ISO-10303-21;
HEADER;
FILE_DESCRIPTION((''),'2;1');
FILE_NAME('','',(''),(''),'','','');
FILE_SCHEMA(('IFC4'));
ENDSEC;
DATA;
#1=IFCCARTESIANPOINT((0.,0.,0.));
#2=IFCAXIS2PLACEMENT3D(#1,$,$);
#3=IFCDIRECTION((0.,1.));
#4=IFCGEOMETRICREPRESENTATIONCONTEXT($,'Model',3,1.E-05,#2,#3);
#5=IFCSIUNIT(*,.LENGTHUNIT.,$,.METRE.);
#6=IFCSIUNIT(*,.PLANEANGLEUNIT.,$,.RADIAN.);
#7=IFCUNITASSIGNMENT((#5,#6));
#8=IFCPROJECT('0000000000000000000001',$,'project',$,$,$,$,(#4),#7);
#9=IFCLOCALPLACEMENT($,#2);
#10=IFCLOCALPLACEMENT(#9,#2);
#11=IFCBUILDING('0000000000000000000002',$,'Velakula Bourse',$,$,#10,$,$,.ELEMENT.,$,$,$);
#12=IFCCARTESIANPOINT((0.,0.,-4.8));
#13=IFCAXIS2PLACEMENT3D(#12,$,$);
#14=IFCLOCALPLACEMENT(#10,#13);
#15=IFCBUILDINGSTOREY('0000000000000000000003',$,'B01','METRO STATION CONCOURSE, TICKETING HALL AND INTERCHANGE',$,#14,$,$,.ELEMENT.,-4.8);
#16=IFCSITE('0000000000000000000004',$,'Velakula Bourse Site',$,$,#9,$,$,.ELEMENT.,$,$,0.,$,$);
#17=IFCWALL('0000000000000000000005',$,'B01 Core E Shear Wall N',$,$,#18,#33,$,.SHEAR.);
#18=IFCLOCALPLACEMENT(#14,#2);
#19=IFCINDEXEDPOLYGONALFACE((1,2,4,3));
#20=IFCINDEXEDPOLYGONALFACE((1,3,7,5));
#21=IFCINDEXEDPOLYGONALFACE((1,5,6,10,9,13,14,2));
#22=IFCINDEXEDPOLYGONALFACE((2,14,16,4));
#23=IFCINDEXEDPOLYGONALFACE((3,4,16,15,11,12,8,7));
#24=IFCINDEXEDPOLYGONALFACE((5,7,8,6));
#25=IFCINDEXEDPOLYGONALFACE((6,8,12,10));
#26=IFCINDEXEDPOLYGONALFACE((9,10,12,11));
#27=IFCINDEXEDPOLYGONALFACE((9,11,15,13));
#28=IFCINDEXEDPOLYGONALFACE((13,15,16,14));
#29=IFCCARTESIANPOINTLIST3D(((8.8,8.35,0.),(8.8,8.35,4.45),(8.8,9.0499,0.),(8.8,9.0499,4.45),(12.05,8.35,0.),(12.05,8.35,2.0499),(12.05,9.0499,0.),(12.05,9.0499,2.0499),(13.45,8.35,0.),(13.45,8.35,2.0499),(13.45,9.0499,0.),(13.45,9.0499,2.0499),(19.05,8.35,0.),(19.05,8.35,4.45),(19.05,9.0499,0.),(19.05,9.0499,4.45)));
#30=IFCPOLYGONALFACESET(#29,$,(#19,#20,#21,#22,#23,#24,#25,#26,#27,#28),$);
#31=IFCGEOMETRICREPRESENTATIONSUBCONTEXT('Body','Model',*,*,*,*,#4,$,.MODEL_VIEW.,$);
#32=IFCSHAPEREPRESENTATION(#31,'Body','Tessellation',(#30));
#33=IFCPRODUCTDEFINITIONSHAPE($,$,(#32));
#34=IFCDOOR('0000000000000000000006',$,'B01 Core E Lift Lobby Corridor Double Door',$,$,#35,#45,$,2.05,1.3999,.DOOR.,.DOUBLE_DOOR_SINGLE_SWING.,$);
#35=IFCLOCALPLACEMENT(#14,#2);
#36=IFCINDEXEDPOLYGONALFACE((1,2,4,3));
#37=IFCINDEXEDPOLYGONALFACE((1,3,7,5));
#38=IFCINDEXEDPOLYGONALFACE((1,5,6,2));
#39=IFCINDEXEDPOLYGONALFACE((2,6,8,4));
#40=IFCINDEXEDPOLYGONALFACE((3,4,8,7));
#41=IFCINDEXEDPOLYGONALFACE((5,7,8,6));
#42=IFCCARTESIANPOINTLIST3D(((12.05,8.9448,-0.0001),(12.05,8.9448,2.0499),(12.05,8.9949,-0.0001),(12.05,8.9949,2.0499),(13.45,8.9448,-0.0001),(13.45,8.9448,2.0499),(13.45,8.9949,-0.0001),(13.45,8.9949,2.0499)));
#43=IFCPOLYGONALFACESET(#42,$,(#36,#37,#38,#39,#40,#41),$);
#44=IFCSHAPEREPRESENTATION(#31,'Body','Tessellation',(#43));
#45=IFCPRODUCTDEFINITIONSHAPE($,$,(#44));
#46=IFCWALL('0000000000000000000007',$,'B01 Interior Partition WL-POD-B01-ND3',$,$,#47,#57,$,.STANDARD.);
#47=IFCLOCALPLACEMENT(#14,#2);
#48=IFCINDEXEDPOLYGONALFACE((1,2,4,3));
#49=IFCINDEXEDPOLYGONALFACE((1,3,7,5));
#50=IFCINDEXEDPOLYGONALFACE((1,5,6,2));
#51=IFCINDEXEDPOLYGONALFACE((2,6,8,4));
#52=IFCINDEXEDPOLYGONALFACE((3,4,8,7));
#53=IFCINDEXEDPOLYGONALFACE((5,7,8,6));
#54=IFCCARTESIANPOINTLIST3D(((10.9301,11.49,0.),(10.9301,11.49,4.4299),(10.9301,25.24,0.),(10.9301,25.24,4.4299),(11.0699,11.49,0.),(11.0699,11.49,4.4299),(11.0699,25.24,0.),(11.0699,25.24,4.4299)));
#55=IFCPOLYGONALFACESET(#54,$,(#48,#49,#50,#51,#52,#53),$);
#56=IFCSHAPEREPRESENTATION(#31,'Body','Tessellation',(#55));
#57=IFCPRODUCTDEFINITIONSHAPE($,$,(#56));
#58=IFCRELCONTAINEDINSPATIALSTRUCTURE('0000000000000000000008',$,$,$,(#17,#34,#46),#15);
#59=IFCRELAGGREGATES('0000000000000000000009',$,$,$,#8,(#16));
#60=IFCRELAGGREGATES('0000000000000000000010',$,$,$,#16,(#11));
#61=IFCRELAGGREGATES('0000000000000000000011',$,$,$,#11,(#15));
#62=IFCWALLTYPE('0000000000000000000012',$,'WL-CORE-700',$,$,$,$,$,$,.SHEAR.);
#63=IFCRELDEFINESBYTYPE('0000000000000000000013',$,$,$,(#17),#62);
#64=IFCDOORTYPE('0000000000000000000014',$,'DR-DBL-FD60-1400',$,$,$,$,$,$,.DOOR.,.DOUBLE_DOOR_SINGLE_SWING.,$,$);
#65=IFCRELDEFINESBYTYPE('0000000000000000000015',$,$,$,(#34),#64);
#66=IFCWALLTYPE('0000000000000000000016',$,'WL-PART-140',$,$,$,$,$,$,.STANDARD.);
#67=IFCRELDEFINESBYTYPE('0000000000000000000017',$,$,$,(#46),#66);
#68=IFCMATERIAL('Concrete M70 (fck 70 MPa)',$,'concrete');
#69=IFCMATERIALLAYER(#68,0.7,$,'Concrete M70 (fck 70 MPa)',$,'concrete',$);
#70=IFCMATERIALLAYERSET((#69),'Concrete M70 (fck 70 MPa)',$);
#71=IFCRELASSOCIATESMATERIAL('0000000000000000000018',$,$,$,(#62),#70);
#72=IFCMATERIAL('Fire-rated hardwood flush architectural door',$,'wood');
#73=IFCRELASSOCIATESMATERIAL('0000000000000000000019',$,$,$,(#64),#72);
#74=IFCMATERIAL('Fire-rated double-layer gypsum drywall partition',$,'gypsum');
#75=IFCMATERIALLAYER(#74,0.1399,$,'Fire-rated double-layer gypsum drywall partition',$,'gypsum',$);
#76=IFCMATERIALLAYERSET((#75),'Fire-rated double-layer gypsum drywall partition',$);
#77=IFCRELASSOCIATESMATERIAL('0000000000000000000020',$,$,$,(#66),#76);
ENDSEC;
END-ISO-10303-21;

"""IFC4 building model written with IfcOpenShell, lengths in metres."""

from ifc_helpers import new_model, si_unit, direction, frame, frame_2d, origin, place, context, subcontext, project, spatial, rectangle, extrude, material, layer, layer_set, type_object, element, fill, save


model = new_model("IFC4")

# Units and contexts
model_context = context("Model", 3, precision=1e-05, world=origin(), true_north=direction((0.0, 1.0)))
body_context = subcontext(model_context, "Body", "Model", "MODEL_VIEW")
ifc_project = project(units=[si_unit("LENGTHUNIT", "METRE"), si_unit("PLANEANGLEUNIT", "RADIAN")], contexts=[model_context])

# Site, building, storey
site_placement = place(None, origin())
site = spatial("IfcSite", under=ifc_project, at=site_placement, Name="Velakula Bourse Site", CompositionType="ELEMENT", RefElevation=0.0)
building_placement = place(site_placement, origin())
building = spatial("IfcBuilding", under=site, at=building_placement, Name="Velakula Bourse", CompositionType="ELEMENT")
storey_placement = place(building_placement, frame((0.0, 0.0, -4.8)))
storey = spatial("IfcBuildingStorey", under=building, at=storey_placement, Name="B01", Description="METRO STATION CONCOURSE, TICKETING HALL AND INTERCHANGE", CompositionType="ELEMENT", Elevation=-4.8)

# Shared definitions
ifc_material_1 = material(Name="Concrete M70 (fck 70 MPa)", Category="concrete")

# Wall, opening, door
ifc_layer_1 = layer(ifc_material_1, 0.7, Name="Concrete M70 (fck 70 MPa)", Category="concrete")
ifc_layer_set_1 = layer_set([ifc_layer_1], Name="Concrete M70 (fck 70 MPa)")
wall_type_1 = type_object("IfcWallType", Name="WL-CORE-700", PredefinedType="SHEAR", material=ifc_layer_set_1)
wall_1_placement = place(storey_placement, frame((8.8, 8.7, 0.0), z_axis=(0.0, 0.0, 1.0), x_axis=(1.0, 0.0, 0.0)))
wall_1 = element("IfcWall", 1, at=wall_1_placement, inside=storey, type_object=wall_type_1, Name="B01 Core E Shear Wall N", PredefinedType="SHEAR", context=body_context, shape_type="SweptSolid", body=[
    extrude(rectangle(XDim=10.25, YDim=0.7, at=frame_2d((5.125, 0.0))), origin(), (0.0, 0.0, 1.0), 4.45),
])
opening_placement = place(wall_1_placement, frame((3.25, 0.0, 0.0)))
opening = element("IfcOpeningElement", 2, at=opening_placement, cuts=wall_1, PredefinedType="OPENING", context=body_context, shape_type="SweptSolid", body=[
    extrude(rectangle(XDim=1.3999, YDim=2.05, at=frame_2d((0.7, 1.0249))), frame((0.0, 0.3599, 0.0), z_axis=(0.0, -1.0, 0.0), x_axis=(1.0, 0.0, 0.0)), (0.0, 0.0, 1.0), 0.72),
])
ifc_material_2 = material(Name="Fire-rated hardwood flush architectural door", Category="wood")
door_type = type_object("IfcDoorType", Name="DR-DBL-FD60-1400", OperationType="DOUBLE_DOOR_SINGLE_SWING", PredefinedType="DOOR", material=ifc_material_2)
door_placement = place(opening_placement, origin())
door = element("IfcDoor", 3, at=door_placement, inside=storey, type_object=door_type, Name="B01 Core E Lift Lobby Corridor Double Door", OperationType="DOUBLE_DOOR_SINGLE_SWING", OverallHeight=2.05, OverallWidth=1.3999, PredefinedType="DOOR", context=body_context, shape_type="SweptSolid", body=[
    extrude(rectangle(XDim=1.3999, YDim=2.05, at=frame_2d((0.7, 1.0249))), frame((0.0, 0.2949, 0.0), z_axis=(0.0, -1.0, 0.0), x_axis=(1.0, 0.0, 0.0)), (0.0, 0.0, 1.0), 0.05),
])
fill(opening, door)

# Wall
ifc_material_3 = material(Name="Fire-rated double-layer gypsum drywall partition", Category="gypsum")
ifc_layer_2 = layer(ifc_material_3, 0.1399, Name="Fire-rated double-layer gypsum drywall partition", Category="gypsum")
ifc_layer_set_2 = layer_set([ifc_layer_2], Name="Fire-rated double-layer gypsum drywall partition")
wall_type_2 = type_object("IfcWallType", Name="WL-PART-140", PredefinedType="STANDARD", material=ifc_layer_set_2)
wall_2_placement = place(storey_placement, frame((11.0, 11.49, 0.0), z_axis=(0.0, 0.0, 1.0), x_axis=(0.0, 1.0, 0.0)))
element("IfcWall", 4, at=wall_2_placement, inside=storey, type_object=wall_type_2, Name="B01 Interior Partition WL-POD-B01-ND3", PredefinedType="STANDARD", context=body_context, shape_type="SweptSolid", body=[
    extrude(rectangle(XDim=13.75, YDim=0.1399, at=frame_2d((6.875, 0.0))), origin(), (0.0, 0.0, 1.0), 4.4299),
])

save(model, "model.ifc")
